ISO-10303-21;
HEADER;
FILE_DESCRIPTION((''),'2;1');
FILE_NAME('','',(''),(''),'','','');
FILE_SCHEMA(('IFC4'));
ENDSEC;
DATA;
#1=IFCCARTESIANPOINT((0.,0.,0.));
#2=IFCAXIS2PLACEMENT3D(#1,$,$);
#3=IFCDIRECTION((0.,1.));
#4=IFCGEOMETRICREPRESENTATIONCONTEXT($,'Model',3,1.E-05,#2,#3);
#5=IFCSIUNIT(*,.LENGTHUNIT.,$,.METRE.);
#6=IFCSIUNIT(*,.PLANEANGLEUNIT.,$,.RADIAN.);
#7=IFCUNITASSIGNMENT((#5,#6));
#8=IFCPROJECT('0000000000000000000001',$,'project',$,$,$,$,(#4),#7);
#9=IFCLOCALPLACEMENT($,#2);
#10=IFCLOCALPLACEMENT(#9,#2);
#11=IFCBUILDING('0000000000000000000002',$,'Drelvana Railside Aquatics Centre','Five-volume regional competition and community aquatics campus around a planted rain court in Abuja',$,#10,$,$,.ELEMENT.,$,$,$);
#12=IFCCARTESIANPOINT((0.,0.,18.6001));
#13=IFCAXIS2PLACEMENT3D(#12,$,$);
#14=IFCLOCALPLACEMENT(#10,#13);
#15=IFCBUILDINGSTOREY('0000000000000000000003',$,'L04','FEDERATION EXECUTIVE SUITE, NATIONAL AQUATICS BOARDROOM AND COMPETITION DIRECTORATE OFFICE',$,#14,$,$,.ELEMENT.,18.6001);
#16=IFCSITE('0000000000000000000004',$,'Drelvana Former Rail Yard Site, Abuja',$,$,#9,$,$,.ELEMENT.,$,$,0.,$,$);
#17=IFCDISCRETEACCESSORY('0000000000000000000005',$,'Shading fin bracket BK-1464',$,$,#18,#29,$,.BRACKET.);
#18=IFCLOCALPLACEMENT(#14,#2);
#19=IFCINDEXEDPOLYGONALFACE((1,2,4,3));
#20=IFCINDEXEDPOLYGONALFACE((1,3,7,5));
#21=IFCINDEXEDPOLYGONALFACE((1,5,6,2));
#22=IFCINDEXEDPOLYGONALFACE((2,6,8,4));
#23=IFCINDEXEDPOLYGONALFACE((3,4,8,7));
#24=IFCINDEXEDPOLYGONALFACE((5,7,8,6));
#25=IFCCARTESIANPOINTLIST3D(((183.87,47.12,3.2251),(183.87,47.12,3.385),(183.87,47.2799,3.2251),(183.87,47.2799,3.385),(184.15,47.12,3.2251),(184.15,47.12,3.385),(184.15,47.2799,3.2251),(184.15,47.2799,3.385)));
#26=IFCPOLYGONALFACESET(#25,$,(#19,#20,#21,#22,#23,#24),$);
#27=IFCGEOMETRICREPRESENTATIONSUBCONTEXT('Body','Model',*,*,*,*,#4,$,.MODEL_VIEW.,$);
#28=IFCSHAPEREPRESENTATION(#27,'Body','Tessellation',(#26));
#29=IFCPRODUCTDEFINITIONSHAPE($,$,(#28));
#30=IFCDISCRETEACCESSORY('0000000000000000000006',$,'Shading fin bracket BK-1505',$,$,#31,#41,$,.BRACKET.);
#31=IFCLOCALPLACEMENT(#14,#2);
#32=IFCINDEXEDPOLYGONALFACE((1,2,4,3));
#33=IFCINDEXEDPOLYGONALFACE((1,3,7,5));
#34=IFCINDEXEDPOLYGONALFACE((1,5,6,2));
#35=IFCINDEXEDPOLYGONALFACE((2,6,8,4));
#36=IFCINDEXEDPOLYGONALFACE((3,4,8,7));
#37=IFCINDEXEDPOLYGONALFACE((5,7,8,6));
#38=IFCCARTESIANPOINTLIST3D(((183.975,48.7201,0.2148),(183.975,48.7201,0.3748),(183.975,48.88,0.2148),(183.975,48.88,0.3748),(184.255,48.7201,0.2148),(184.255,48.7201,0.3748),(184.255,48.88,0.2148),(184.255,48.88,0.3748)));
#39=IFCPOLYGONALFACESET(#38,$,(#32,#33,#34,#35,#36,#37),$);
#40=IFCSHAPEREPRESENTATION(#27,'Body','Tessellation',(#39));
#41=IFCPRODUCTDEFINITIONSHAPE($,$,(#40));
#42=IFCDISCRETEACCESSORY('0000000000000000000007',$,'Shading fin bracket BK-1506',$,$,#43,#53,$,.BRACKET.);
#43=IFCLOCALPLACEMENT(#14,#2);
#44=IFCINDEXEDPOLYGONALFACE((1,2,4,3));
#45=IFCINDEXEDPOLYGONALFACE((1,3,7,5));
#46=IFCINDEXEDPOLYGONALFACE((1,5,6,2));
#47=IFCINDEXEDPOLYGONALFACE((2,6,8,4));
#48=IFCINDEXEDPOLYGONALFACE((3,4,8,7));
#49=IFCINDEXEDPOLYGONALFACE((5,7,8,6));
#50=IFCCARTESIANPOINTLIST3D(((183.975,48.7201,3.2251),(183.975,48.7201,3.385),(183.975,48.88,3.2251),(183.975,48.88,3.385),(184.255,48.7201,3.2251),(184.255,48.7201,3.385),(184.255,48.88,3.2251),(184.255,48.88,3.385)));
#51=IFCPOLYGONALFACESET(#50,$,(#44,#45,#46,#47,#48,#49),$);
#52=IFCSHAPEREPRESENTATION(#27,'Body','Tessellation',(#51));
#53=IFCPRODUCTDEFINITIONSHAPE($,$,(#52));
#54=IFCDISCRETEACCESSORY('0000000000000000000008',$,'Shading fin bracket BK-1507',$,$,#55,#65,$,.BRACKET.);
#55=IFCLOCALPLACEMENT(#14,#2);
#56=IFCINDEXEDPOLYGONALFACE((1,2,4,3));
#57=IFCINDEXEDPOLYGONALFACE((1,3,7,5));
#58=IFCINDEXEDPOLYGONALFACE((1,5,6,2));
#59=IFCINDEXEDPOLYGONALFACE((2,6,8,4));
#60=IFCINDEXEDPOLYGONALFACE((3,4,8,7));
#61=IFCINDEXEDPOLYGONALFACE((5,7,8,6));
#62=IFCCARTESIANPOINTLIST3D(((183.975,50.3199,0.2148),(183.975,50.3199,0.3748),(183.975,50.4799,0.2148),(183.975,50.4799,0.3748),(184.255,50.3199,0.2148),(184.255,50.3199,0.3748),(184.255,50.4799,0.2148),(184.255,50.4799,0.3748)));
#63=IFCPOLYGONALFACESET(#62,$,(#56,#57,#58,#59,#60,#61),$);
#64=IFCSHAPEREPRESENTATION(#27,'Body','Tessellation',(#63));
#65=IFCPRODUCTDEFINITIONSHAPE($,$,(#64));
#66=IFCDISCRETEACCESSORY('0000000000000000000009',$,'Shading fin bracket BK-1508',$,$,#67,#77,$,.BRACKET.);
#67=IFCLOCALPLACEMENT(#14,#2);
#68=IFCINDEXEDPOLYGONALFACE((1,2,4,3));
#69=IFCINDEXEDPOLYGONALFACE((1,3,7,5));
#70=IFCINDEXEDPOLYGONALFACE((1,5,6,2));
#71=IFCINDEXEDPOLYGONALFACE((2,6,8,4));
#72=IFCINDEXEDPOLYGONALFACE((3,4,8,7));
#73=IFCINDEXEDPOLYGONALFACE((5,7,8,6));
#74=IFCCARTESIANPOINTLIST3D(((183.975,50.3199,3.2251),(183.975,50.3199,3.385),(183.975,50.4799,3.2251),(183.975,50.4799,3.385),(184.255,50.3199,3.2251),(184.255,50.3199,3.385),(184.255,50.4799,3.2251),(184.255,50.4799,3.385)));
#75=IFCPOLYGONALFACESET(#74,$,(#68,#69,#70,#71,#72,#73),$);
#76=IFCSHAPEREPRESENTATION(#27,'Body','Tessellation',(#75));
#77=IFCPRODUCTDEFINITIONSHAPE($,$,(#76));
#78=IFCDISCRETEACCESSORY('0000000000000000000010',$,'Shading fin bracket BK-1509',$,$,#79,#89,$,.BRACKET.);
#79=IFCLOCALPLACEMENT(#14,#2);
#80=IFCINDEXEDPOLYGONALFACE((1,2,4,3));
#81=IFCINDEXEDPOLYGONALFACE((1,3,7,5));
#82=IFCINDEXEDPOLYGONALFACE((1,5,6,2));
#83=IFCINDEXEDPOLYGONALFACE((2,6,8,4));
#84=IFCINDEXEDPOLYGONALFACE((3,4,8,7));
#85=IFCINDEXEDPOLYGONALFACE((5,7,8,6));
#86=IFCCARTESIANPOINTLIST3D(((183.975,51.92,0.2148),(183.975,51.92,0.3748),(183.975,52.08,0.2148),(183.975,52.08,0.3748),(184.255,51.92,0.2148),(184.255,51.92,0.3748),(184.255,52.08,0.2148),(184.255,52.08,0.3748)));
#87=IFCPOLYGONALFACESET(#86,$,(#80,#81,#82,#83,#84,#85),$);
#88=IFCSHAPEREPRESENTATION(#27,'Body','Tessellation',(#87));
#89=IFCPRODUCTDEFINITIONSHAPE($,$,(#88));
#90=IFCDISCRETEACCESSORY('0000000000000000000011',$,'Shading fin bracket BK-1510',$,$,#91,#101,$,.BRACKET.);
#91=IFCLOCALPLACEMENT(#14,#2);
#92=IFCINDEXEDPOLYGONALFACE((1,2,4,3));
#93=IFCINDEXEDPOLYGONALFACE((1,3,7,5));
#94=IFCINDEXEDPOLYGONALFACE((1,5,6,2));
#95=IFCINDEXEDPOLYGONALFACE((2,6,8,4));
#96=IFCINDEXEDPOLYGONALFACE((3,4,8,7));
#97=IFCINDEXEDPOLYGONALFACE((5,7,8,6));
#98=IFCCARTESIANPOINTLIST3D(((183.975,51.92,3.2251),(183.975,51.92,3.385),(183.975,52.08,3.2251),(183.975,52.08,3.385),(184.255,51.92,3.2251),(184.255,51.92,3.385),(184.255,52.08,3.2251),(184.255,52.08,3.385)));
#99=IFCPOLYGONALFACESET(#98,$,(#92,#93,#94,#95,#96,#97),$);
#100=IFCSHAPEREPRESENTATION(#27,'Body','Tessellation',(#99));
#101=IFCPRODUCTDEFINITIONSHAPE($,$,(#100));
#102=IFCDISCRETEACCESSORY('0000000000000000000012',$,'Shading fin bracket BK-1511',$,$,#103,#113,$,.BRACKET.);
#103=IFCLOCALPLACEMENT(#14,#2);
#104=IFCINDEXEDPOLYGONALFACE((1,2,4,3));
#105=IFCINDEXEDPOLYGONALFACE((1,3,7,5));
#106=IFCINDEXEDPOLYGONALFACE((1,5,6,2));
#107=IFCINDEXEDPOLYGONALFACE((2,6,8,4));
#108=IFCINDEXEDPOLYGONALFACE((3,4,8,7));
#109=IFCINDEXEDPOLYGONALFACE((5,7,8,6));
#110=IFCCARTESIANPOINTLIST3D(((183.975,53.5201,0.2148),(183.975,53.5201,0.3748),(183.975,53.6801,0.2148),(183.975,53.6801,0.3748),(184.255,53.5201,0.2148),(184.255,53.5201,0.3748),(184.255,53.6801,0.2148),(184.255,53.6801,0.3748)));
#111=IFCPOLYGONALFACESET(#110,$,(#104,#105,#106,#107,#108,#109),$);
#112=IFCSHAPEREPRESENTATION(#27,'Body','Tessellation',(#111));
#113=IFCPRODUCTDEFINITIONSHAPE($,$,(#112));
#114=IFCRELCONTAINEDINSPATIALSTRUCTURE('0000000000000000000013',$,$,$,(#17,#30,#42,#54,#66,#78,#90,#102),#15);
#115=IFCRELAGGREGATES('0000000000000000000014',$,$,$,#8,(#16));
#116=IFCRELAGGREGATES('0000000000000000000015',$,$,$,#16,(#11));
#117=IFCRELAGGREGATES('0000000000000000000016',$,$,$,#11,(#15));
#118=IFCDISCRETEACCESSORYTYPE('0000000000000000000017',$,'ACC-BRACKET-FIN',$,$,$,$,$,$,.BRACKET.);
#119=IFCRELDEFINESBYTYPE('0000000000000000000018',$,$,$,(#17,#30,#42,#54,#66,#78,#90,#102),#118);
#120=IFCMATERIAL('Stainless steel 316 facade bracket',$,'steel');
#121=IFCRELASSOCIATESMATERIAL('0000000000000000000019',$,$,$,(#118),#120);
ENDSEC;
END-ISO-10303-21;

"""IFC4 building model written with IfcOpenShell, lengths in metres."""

from ifc_helpers import new_model, si_unit, direction, frame, origin, origin_2d, place, context, subcontext, project, spatial, rectangle, extrude, material, type_object, element, save


model = new_model("IFC4")

# Units and contexts
model_context = context("Model", 3, precision=1e-05, world=origin(), true_north=direction((0.0, 1.0)))
body_context = subcontext(model_context, "Body", "Model", "MODEL_VIEW")
ifc_project = project(units=[si_unit("LENGTHUNIT", "METRE"), si_unit("PLANEANGLEUNIT", "RADIAN")], contexts=[model_context])

# Site, building, storey
site_placement = place(None, origin())
site = spatial("IfcSite", under=ifc_project, at=site_placement, Name="Drelvana Former Rail Yard Site, Abuja", CompositionType="ELEMENT", RefElevation=0.0)
building_placement = place(site_placement, origin())
building = spatial("IfcBuilding", under=site, at=building_placement, Name="Drelvana Railside Aquatics Centre", Description="Five-volume regional competition and community aquatics campus around a planted rain court in Abuja", CompositionType="ELEMENT")
storey_placement = place(building_placement, frame((0.0, 0.0, 18.6001)))
storey = spatial("IfcBuildingStorey", under=building, at=storey_placement, Name="L04", Description="FEDERATION EXECUTIVE SUITE, NATIONAL AQUATICS BOARDROOM AND COMPETITION DIRECTORATE OFFICE", CompositionType="ELEMENT", Elevation=18.6001)

# Discrete accessories
ifc_material_1 = material(Name="Stainless steel 316 facade bracket", Category="steel")
discrete_accessory_type = type_object("IfcDiscreteAccessoryType", Name="ACC-BRACKET-FIN", PredefinedType="BRACKET", material=ifc_material_1)
for number, where, z_axis, x_axis, name in (
    (1, (184.01, 47.2, 3.2251), (0.0, 0.0, 1.0), (1.0, 0.0, 0.0), "Shading fin bracket BK-1464"),
    (2, (184.115, 48.8, 0.2148), (0.0, 0.0, 1.0), (1.0, 0.0, 0.0), "Shading fin bracket BK-1505"),
    (3, (184.115, 48.8, 3.2251), (0.0, 0.0, 1.0), (1.0, 0.0, 0.0), "Shading fin bracket BK-1506"),
    (4, (184.115, 50.3999, 0.2148), (0.0, 0.0, 1.0), (1.0, 0.0, 0.0), "Shading fin bracket BK-1507"),
    (5, (184.115, 50.3999, 3.2251), (0.0, 0.0, 1.0), (1.0, 0.0, 0.0), "Shading fin bracket BK-1508"),
    (6, (184.115, 52.0, 0.2148), (0.0, 0.0, 1.0), (1.0, 0.0, 0.0), "Shading fin bracket BK-1509"),
    (7, (184.115, 52.0, 3.2251), (0.0, 0.0, 1.0), (1.0, 0.0, 0.0), "Shading fin bracket BK-1510"),
    (8, (184.115, 53.6001, 0.2148), (0.0, 0.0, 1.0), (1.0, 0.0, 0.0), "Shading fin bracket BK-1511"),
):
    element("IfcDiscreteAccessory", number, at=place(storey_placement, frame(where, z_axis=z_axis, x_axis=x_axis)), inside=storey, type_object=discrete_accessory_type, Name=name, PredefinedType="BRACKET", context=body_context, shape_type="SweptSolid", body=[
        extrude(rectangle(XDim=0.28, YDim=0.1599, at=origin_2d()), origin(), (0.0, 0.0, 1.0), 0.1599),
    ])

save(model, "model.ifc")
